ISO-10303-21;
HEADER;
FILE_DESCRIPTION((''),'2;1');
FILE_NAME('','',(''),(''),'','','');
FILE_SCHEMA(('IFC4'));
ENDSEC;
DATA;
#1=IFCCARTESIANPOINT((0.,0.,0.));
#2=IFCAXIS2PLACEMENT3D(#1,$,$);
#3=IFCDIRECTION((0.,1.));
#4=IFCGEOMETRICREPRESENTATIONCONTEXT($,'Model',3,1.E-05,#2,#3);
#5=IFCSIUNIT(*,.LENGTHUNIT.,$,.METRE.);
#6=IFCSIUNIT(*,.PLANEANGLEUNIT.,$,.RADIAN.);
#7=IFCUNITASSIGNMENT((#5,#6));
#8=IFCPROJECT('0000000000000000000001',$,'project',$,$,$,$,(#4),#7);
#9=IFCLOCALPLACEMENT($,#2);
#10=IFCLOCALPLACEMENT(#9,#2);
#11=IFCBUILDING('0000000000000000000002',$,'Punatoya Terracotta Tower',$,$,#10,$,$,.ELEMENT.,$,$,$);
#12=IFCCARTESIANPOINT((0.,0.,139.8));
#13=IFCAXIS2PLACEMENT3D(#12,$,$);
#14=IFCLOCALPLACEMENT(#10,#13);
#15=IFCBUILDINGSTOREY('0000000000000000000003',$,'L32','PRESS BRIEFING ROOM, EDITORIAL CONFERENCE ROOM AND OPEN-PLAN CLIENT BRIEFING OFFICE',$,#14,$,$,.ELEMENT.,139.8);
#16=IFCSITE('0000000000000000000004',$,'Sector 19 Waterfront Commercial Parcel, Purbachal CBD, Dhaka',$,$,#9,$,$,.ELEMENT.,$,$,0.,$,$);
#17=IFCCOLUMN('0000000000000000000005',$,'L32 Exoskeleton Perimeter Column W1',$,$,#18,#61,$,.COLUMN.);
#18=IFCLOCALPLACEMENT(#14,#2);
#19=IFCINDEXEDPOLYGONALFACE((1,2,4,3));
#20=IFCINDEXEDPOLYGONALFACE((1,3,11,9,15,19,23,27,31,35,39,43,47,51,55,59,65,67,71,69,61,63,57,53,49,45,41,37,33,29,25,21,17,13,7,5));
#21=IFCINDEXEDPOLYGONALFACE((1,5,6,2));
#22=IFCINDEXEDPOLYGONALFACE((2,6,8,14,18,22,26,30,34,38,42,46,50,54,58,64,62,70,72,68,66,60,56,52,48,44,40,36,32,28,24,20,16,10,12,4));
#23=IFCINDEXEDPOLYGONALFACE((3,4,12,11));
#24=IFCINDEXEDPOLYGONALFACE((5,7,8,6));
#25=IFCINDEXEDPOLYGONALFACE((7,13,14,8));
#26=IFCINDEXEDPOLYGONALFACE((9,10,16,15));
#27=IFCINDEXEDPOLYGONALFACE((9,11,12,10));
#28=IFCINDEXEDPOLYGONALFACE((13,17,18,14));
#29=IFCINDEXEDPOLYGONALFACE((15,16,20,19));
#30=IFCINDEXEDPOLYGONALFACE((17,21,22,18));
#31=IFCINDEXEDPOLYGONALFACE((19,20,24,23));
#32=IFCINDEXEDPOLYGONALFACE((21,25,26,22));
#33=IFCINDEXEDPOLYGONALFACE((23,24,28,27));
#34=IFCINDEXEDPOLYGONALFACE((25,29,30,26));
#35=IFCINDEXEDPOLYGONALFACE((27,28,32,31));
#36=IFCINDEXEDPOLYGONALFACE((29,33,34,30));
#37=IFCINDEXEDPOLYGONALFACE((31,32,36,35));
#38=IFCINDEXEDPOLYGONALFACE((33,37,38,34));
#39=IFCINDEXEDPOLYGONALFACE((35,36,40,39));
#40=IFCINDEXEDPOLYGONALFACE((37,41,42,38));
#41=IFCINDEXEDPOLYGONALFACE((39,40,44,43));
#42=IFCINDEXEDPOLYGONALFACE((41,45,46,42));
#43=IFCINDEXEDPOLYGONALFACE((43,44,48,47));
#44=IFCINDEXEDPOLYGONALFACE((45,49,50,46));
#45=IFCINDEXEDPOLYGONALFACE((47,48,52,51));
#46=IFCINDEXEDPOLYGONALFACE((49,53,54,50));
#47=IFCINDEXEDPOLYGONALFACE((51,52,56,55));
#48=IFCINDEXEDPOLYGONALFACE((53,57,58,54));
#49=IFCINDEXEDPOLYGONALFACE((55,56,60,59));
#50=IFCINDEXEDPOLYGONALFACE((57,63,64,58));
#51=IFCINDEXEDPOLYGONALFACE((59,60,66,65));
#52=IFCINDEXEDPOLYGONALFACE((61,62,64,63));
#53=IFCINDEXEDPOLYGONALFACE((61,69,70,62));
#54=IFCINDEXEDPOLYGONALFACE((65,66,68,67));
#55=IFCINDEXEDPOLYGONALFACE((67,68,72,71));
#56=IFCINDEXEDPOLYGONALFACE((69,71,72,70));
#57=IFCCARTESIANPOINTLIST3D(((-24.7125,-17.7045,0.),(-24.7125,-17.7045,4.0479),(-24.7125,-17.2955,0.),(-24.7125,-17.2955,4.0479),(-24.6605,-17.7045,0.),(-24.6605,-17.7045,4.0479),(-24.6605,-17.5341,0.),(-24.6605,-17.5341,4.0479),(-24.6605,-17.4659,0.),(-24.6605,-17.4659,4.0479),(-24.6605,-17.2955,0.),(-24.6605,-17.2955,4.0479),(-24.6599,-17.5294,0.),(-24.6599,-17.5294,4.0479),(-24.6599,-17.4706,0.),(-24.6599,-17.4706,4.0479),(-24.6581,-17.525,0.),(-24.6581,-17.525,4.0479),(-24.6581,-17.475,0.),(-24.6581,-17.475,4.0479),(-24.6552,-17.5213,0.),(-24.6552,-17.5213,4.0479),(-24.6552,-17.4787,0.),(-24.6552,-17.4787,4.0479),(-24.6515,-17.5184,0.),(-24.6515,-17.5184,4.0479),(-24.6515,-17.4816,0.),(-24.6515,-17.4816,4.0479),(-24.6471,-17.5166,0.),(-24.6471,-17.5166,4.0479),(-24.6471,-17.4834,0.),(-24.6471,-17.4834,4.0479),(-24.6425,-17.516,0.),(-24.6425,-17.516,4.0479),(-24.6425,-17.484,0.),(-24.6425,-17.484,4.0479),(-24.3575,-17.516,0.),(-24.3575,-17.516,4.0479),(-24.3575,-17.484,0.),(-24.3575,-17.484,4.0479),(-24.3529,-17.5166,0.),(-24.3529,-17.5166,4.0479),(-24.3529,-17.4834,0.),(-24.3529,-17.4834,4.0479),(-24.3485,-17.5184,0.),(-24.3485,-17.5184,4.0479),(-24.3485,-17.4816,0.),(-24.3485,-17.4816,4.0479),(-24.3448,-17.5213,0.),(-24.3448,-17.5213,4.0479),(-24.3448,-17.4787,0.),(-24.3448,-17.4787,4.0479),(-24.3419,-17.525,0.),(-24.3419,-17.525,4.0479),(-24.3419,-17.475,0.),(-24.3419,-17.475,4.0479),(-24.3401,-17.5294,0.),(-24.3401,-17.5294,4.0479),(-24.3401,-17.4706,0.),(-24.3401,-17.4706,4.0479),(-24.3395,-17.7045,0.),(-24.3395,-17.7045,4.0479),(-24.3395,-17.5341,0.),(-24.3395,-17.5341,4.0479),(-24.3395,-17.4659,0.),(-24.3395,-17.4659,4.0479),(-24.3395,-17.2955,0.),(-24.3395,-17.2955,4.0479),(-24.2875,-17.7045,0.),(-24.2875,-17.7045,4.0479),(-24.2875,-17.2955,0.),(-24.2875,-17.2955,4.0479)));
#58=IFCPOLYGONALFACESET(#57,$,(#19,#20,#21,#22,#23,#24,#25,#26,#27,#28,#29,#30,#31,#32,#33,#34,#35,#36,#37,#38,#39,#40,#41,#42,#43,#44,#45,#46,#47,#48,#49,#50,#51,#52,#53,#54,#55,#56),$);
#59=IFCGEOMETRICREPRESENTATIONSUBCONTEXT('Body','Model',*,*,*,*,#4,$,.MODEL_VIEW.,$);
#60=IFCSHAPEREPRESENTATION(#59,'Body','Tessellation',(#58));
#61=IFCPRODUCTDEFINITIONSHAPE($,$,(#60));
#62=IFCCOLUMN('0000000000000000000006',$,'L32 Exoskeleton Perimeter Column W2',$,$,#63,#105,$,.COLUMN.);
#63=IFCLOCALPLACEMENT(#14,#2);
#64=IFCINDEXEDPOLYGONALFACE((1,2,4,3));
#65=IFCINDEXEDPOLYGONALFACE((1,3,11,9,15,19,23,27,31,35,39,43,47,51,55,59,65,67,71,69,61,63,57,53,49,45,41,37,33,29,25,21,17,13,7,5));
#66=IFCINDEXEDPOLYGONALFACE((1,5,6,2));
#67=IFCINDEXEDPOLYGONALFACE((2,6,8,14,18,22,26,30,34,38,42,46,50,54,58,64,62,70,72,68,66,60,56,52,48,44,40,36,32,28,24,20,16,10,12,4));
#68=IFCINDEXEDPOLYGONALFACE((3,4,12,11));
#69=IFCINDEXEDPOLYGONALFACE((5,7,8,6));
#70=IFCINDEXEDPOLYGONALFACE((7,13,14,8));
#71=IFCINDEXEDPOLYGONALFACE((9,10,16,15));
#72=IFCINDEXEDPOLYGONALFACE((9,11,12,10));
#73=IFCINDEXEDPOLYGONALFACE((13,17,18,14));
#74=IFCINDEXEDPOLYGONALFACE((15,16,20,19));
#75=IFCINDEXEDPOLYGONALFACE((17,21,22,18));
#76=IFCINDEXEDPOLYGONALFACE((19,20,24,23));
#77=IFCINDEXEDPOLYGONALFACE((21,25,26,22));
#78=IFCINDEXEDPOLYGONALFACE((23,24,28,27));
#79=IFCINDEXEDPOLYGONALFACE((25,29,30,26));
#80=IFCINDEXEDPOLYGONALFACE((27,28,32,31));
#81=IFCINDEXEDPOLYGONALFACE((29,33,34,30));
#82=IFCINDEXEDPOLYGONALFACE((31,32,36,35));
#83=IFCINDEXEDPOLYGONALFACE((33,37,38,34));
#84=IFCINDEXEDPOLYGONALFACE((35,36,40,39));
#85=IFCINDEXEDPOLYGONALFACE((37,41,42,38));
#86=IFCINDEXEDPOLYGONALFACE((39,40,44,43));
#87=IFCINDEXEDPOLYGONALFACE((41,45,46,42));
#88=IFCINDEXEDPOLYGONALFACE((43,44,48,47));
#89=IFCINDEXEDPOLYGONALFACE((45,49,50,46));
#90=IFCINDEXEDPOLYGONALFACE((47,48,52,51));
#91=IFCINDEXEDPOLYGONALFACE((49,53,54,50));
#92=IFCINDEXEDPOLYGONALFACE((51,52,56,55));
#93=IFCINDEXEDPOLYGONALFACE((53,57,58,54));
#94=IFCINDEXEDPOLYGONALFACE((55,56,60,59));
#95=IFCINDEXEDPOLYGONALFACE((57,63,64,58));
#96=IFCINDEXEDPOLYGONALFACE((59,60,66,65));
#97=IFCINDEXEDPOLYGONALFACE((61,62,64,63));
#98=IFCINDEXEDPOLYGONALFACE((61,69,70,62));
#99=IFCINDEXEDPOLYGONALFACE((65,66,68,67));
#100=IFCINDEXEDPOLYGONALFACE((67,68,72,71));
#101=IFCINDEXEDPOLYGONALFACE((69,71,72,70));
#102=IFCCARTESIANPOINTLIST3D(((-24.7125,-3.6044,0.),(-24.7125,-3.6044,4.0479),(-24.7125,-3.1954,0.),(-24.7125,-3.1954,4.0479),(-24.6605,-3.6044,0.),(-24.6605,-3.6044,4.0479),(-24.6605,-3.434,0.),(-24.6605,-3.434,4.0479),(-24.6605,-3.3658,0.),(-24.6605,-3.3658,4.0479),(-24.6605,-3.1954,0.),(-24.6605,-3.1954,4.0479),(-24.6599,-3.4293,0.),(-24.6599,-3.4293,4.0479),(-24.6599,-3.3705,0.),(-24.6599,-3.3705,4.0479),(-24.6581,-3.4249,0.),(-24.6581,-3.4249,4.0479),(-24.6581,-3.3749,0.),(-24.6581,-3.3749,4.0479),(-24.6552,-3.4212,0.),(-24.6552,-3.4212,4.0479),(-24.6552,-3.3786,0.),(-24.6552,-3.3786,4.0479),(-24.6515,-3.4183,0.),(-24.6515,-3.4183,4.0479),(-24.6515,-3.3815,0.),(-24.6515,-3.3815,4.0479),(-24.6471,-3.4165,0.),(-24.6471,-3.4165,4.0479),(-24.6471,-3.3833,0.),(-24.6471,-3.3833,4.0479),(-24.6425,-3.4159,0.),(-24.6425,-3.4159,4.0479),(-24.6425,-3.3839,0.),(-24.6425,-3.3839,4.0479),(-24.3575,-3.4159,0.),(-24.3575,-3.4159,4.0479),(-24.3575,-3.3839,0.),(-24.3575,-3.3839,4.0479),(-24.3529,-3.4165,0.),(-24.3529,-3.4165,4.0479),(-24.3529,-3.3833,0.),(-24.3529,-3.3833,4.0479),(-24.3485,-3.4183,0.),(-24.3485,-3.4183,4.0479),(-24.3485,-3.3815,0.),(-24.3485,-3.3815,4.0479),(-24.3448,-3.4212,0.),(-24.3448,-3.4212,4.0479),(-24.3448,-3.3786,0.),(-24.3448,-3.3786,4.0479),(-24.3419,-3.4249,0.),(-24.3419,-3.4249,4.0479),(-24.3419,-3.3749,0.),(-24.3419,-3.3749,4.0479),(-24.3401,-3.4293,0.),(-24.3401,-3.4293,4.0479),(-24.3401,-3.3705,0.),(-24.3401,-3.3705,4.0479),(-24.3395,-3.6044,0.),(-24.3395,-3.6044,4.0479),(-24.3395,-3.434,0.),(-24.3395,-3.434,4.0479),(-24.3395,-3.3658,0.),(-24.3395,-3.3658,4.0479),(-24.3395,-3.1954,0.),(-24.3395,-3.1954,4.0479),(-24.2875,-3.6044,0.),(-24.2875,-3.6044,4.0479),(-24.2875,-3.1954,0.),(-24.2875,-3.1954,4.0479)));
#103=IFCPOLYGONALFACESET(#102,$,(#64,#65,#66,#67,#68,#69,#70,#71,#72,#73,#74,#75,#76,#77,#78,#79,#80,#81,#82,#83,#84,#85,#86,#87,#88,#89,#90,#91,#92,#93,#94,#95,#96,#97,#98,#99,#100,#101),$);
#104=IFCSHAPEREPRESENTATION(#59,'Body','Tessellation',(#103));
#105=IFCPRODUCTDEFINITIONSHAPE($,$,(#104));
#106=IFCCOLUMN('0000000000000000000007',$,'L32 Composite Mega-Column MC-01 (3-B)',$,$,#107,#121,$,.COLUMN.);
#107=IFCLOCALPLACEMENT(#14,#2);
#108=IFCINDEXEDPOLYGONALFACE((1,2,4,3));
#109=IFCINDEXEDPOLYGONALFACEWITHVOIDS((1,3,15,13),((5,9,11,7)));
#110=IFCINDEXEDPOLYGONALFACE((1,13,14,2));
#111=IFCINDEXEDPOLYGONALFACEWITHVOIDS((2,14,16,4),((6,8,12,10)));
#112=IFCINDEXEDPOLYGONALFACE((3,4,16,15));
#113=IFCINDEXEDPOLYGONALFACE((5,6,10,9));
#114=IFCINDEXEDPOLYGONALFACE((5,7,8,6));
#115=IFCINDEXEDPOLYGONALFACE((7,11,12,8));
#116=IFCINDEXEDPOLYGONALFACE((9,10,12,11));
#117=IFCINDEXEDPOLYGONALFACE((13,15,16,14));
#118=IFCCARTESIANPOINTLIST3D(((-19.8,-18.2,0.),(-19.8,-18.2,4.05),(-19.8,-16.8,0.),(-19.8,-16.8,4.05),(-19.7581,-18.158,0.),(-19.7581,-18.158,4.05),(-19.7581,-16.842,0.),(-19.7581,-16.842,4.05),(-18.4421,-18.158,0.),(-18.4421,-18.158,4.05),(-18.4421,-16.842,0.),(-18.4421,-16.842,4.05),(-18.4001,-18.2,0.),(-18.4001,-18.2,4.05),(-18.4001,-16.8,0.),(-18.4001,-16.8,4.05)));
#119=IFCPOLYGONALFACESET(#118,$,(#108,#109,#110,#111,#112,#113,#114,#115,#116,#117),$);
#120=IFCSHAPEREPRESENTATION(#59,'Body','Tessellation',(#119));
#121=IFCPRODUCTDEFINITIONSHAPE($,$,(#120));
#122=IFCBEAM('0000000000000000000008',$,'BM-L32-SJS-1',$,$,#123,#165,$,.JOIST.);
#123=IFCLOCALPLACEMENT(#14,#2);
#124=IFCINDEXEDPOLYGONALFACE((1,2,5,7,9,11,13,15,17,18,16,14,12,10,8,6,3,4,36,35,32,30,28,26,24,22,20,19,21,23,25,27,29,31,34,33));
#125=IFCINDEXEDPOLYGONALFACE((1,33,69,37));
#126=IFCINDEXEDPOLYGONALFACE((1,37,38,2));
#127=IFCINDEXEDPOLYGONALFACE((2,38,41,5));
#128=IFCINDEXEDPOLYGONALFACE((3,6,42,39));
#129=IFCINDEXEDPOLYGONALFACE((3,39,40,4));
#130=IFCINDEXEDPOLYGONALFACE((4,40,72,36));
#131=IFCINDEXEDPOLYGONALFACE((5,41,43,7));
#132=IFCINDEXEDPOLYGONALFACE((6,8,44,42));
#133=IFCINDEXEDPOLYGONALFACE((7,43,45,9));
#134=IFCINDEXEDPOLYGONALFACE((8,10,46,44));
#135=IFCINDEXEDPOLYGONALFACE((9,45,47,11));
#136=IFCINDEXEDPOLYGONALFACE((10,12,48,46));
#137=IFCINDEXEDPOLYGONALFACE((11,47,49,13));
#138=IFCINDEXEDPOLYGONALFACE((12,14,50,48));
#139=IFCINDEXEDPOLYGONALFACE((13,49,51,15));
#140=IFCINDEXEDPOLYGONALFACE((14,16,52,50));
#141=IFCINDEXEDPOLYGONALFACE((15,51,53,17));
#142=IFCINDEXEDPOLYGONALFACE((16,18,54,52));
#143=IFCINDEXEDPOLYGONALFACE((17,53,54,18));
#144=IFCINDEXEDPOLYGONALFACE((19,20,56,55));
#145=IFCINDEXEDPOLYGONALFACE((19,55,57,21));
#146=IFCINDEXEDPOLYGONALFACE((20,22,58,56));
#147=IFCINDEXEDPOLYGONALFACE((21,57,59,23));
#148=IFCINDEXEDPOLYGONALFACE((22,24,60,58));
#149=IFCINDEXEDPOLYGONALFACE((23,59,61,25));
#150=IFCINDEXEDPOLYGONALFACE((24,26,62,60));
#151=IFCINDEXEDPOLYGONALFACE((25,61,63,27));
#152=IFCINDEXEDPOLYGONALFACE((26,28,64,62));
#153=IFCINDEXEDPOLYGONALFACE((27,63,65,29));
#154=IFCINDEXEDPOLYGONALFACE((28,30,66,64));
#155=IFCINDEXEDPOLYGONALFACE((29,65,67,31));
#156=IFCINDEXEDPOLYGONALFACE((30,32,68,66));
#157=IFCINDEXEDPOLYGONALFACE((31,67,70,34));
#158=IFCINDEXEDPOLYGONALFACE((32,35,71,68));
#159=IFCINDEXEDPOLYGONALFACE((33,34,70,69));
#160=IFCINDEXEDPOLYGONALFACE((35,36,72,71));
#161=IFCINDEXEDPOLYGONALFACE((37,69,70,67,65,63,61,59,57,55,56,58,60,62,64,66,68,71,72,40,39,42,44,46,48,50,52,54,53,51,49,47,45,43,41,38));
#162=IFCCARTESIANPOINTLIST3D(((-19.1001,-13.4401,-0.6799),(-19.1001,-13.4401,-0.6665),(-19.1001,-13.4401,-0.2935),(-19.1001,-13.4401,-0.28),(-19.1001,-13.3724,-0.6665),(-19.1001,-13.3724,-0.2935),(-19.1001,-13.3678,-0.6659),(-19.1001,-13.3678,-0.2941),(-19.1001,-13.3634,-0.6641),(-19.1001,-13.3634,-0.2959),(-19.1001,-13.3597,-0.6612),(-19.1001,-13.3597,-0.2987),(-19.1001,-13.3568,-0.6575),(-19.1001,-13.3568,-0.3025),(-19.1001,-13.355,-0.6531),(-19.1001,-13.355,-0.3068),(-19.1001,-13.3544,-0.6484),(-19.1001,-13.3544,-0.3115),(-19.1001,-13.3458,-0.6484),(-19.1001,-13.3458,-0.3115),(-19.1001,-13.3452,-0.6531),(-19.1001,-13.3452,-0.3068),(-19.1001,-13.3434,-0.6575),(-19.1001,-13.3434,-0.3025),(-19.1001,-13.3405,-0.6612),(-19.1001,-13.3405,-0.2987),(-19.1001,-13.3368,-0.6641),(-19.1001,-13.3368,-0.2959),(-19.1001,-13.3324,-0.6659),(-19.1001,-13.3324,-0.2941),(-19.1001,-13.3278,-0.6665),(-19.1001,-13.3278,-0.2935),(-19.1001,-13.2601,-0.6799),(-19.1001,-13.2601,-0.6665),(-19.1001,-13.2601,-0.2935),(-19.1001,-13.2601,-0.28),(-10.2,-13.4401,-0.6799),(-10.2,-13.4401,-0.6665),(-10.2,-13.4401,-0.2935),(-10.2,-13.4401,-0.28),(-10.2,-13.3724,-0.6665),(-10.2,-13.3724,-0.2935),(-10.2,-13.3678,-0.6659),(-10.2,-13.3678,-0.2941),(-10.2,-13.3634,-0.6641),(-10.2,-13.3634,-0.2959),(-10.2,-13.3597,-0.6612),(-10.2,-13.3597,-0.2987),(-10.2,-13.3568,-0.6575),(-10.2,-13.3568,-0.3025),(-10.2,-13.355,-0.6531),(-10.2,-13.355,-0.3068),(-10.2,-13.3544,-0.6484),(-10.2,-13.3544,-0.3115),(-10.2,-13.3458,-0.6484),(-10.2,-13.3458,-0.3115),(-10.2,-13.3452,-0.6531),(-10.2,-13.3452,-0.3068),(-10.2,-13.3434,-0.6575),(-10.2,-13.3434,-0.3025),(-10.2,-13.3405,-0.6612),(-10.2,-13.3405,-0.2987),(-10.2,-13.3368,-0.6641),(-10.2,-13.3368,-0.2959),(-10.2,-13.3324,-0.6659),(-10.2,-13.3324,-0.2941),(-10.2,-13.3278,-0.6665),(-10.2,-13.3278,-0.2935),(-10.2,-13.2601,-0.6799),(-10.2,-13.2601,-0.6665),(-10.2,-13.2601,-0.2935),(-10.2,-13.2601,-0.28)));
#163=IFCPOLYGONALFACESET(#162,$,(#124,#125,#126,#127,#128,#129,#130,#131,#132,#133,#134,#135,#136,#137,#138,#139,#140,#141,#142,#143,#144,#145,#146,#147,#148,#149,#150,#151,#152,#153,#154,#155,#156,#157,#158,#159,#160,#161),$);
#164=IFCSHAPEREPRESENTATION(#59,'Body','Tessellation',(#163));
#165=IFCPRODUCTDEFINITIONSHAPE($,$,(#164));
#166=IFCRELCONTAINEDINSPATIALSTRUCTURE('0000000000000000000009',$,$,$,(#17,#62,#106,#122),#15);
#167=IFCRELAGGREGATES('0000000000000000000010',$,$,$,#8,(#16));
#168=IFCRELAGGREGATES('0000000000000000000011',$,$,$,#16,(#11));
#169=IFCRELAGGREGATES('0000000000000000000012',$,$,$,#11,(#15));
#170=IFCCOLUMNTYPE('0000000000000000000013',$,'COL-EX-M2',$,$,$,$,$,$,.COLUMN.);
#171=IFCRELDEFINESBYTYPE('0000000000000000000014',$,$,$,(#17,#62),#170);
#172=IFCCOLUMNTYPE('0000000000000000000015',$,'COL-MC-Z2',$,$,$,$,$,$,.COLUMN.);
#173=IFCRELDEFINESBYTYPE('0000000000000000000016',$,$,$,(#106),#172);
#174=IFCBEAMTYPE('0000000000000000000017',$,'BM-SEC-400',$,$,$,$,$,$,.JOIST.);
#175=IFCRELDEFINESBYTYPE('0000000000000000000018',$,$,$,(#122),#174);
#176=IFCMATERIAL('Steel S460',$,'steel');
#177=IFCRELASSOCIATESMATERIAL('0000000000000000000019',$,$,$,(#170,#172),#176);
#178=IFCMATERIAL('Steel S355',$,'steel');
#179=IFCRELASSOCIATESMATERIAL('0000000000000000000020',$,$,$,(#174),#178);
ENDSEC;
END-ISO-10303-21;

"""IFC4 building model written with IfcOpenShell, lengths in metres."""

from ifc_helpers import new_model, si_unit, direction, frame, origin, origin_2d, place, context, subcontext, project, spatial, hollow_rectangle, i_section, extrude, material, material_profile, profile_set, type_object, element, save


model = new_model("IFC4")

# Units and contexts
model_context = context("Model", 3, precision=1e-05, world=origin(), true_north=direction((0.0, 1.0)))
body_context = subcontext(model_context, "Body", "Model", "MODEL_VIEW")
ifc_project = project(units=[si_unit("LENGTHUNIT", "METRE"), si_unit("PLANEANGLEUNIT", "RADIAN")], contexts=[model_context])

# Site, building, storey
site_placement = place(None, origin())
site = spatial("IfcSite", under=ifc_project, at=site_placement, Name="Sector 19 Waterfront Commercial Parcel, Purbachal CBD, Dhaka", CompositionType="ELEMENT", RefElevation=0.0)
building_placement = place(site_placement, origin())
building = spatial("IfcBuilding", under=site, at=building_placement, Name="Punatoya Terracotta Tower", CompositionType="ELEMENT")
storey_placement = place(building_placement, frame((0.0, 0.0, 139.8)))
storey = spatial("IfcBuildingStorey", under=building, at=storey_placement, Name="L32", Description="PRESS BRIEFING ROOM, EDITORIAL CONFERENCE ROOM AND OPEN-PLAN CLIENT BRIEFING OFFICE", CompositionType="ELEMENT", Elevation=139.8)

# Columns
ifc_material_1 = material(Name="Steel S460", Category="steel")
ifc_material_profile_1 = material_profile(ifc_material_1, i_section(OverallWidth=0.4089, OverallDepth=0.425, WebThickness=0.032, FlangeThickness=0.052, FilletRadius=0.0181, at=origin_2d()))
ifc_profile_set_1 = profile_set([ifc_material_profile_1], Name="Steel S460")
column_type_1 = type_object("IfcColumnType", Name="COL-EX-M2", PredefinedType="COLUMN", material=ifc_profile_set_1)
for number, where, z_axis, x_axis, name in (
    (1, (-24.5, -17.5, 0.0), (0.0, 0.0, 1.0), (0.0, 1.0, 0.0), "L32 Exoskeleton Perimeter Column W1"),
    (2, (-24.5, -3.3999, 0.0), (0.0, 0.0, 1.0), (0.0, 1.0, 0.0), "L32 Exoskeleton Perimeter Column W2"),
):
    element("IfcColumn", number, at=place(storey_placement, frame(where, z_axis=z_axis, x_axis=x_axis)), inside=storey, type_object=column_type_1, Name=name, PredefinedType="COLUMN", context=body_context, shape_type="SweptSolid", body=[
        extrude(i_section(OverallWidth=0.4089, OverallDepth=0.425, WebThickness=0.032, FlangeThickness=0.052, FilletRadius=0.0181, at=origin_2d()), origin(), (0.0, 0.0, 1.0), 4.0479),
    ])
ifc_material_profile_2 = material_profile(ifc_material_1, hollow_rectangle(XDim=1.3999, YDim=1.3999, WallThickness=0.042, at=origin_2d()))
ifc_profile_set_2 = profile_set([ifc_material_profile_2], Name="Steel S460")
column_type_2 = type_object("IfcColumnType", Name="COL-MC-Z2", PredefinedType="COLUMN", material=ifc_profile_set_2)
column_placement = place(storey_placement, frame((-19.1001, -17.5, 0.0), z_axis=(0.0, 0.0, 1.0), x_axis=(1.0, 0.0, 0.0)))
element("IfcColumn", 3, at=column_placement, inside=storey, type_object=column_type_2, Name="L32 Composite Mega-Column MC-01 (3-B)", PredefinedType="COLUMN", context=body_context, shape_type="SweptSolid", body=[
    extrude(hollow_rectangle(XDim=1.3999, YDim=1.3999, WallThickness=0.042, at=origin_2d()), origin(), (0.0, 0.0, 1.0), 4.05),
])

# Beam
ifc_material_2 = material(Name="Steel S355", Category="steel")
ifc_material_profile_3 = material_profile(ifc_material_2, i_section(OverallWidth=0.1799, OverallDepth=0.3999, WebThickness=0.0085, FlangeThickness=0.0134, FilletRadius=0.0181, at=origin_2d()))
ifc_profile_set_3 = profile_set([ifc_material_profile_3], Name="Steel S355")
beam_type_1 = type_object("IfcBeamType", Name="BM-SEC-400", PredefinedType="JOIST", material=ifc_profile_set_3)
beam_1_placement = place(storey_placement, frame((-19.1001, -13.3501, -0.48), z_axis=(1.0, 0.0, 0.0), x_axis=(0.0, 1.0, 0.0)))
element("IfcBeam", 4, at=beam_1_placement, inside=storey, type_object=beam_type_1, Name="BM-L32-SJS-1", PredefinedType="JOIST", context=body_context, shape_type="SweptSolid", body=[
    extrude(i_section(OverallWidth=0.1799, OverallDepth=0.3999, WebThickness=0.0085, FlangeThickness=0.0134, FilletRadius=0.0181, at=origin_2d()), origin(), (0.0, 0.0, 1.0), 8.9001),
])

save(model, "model.ifc")
